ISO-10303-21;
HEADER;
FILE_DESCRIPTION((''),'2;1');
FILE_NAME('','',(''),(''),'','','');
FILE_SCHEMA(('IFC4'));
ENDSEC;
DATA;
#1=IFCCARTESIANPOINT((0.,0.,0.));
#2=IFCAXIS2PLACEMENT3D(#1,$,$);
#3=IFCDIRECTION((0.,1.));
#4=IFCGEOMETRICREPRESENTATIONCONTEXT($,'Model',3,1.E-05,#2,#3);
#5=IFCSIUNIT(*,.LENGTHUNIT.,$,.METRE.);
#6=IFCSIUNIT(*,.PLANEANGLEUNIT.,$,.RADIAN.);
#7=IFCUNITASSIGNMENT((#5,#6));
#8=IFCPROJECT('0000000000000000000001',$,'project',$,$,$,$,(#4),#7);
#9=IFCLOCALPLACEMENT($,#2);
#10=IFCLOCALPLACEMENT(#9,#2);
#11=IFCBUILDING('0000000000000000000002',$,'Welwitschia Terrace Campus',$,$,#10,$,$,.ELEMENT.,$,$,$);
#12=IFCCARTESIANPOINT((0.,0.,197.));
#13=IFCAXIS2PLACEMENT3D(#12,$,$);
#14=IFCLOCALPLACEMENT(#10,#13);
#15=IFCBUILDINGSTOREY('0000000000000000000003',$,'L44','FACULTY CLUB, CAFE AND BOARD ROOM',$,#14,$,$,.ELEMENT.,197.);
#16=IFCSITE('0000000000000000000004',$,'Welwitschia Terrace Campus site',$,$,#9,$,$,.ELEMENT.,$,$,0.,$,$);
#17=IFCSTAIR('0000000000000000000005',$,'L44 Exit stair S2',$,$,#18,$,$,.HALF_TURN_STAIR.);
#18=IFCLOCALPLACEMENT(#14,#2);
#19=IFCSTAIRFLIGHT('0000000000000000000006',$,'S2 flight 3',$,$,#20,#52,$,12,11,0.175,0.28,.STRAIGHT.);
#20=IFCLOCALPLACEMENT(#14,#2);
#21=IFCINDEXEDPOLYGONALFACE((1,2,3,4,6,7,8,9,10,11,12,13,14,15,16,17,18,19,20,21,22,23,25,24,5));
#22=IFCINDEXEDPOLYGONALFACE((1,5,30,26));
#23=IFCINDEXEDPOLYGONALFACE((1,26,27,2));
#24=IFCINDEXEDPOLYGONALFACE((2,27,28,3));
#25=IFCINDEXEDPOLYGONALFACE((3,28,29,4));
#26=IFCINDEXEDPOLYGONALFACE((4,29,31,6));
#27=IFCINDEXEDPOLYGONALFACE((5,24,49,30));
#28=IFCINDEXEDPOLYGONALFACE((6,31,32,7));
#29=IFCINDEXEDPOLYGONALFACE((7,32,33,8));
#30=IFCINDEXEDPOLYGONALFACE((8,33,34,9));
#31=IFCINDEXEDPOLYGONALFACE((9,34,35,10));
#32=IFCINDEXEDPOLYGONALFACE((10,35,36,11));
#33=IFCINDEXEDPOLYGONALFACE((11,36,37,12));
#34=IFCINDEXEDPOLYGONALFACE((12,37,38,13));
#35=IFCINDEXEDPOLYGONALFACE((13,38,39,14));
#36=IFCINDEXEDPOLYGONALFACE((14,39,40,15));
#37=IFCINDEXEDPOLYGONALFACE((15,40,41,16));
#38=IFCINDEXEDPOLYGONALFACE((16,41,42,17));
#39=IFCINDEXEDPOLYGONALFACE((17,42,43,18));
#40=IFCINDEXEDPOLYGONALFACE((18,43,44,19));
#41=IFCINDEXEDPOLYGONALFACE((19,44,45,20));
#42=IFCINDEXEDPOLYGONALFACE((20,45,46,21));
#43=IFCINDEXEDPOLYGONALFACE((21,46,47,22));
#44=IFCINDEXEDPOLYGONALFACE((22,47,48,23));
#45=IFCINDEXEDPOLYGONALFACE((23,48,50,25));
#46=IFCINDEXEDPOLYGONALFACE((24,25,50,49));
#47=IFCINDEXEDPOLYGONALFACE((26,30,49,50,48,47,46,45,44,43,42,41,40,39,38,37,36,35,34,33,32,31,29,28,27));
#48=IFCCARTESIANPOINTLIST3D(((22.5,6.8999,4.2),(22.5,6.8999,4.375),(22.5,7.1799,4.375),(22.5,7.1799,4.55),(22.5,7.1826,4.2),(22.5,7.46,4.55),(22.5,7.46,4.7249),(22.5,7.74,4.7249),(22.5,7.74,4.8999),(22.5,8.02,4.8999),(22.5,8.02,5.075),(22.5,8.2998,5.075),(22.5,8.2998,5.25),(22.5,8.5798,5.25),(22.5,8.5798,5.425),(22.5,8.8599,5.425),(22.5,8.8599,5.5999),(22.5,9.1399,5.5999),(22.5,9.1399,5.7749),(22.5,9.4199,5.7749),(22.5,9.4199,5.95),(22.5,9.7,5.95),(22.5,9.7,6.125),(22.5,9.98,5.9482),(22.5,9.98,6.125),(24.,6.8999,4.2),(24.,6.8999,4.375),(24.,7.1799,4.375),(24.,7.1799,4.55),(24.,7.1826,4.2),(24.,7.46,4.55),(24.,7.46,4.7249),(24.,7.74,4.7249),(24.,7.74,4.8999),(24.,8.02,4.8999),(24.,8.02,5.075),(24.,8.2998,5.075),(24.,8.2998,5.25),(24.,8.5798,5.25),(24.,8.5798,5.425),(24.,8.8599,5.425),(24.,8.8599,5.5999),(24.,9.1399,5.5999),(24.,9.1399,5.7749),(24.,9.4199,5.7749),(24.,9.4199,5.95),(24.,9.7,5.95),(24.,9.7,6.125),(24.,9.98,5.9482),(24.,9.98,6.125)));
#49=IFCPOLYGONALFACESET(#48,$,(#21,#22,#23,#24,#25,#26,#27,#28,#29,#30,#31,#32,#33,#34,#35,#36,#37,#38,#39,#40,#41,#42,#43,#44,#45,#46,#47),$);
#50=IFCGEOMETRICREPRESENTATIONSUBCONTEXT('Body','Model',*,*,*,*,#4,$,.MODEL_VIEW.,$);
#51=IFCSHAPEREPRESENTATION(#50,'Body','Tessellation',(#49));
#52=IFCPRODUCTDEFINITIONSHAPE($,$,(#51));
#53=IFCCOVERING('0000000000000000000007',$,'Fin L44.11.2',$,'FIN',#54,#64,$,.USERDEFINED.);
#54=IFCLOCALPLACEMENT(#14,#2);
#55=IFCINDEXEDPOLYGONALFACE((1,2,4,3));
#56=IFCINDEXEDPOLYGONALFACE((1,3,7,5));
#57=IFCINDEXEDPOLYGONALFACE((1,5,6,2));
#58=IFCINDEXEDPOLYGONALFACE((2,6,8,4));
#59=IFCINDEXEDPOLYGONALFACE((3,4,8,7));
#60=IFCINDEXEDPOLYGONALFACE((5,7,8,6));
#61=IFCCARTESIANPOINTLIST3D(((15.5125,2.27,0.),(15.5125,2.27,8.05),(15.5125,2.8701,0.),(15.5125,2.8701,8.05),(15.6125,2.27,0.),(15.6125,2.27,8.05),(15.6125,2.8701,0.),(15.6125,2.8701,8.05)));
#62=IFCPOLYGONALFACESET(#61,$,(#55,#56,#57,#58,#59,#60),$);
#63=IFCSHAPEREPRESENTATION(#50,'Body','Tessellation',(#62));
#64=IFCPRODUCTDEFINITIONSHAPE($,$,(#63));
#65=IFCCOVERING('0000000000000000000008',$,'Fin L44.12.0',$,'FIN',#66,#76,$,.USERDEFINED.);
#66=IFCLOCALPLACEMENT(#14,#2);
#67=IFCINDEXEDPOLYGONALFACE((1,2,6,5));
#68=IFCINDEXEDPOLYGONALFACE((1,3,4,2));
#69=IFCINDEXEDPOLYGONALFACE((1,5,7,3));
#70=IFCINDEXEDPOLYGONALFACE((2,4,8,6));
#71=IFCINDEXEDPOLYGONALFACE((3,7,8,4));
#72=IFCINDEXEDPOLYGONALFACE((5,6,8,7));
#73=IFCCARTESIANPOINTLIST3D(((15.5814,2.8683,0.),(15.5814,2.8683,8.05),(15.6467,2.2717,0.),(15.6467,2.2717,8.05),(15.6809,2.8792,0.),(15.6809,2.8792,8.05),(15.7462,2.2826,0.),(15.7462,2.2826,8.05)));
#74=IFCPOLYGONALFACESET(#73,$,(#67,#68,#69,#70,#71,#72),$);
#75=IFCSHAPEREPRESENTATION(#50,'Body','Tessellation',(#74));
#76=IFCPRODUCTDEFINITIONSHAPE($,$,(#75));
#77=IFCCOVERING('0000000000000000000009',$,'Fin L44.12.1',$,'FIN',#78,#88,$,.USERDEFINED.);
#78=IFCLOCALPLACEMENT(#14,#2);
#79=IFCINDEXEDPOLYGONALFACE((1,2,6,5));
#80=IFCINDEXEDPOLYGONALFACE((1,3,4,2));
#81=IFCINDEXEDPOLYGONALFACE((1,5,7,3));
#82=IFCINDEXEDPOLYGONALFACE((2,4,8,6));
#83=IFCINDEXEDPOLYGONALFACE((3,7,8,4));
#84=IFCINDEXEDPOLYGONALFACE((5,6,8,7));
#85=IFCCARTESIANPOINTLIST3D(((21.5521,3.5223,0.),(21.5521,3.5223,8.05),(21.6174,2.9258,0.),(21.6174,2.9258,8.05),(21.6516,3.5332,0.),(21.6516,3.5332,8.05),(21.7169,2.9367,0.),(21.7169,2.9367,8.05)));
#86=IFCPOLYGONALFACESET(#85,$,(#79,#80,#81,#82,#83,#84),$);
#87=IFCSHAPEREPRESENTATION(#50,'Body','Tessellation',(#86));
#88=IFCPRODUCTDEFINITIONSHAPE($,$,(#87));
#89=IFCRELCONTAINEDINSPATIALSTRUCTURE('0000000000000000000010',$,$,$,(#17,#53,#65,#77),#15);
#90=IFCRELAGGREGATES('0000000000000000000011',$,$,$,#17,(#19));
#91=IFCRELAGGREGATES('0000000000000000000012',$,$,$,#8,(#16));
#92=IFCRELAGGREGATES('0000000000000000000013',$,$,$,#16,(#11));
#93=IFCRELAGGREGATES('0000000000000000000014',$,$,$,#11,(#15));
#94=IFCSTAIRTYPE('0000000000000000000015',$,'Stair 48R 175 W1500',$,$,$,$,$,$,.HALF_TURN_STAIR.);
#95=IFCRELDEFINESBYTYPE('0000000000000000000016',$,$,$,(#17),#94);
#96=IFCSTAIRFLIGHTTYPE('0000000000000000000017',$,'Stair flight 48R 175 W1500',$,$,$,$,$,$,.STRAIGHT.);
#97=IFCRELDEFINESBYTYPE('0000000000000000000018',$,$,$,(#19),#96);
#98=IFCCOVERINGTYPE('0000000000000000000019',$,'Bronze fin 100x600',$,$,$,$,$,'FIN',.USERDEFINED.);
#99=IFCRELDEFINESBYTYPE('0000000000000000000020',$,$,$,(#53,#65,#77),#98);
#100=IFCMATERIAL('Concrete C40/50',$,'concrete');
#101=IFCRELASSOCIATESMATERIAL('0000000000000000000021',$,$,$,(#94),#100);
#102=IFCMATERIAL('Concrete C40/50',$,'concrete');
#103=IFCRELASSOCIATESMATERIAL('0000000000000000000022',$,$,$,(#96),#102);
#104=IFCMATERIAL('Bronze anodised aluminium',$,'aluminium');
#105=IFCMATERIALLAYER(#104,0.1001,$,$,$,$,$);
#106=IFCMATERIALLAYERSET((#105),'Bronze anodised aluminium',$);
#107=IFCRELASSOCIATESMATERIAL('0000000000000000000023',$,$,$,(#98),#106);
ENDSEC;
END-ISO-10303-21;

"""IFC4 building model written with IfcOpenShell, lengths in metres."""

from ifc_helpers import new_model, si_unit, direction, frame, origin, origin_2d, place, context, subcontext, project, spatial, polyline, rectangle, outline, extrude, material, layer, layer_set, type_object, element, aggregate, save


model = new_model("IFC4")

# Units and contexts
model_context = context("Model", 3, precision=1e-05, world=origin(), true_north=direction((0.0, 1.0)))
body_context = subcontext(model_context, "Body", "Model", "MODEL_VIEW")
ifc_project = project(units=[si_unit("LENGTHUNIT", "METRE"), si_unit("PLANEANGLEUNIT", "RADIAN")], contexts=[model_context])

# Site, building, storey
site_placement = place(None, origin())
site = spatial("IfcSite", under=ifc_project, at=site_placement, Name="Welwitschia Terrace Campus site", CompositionType="ELEMENT", RefElevation=0.0)
building_placement = place(site_placement, origin())
building = spatial("IfcBuilding", under=site, at=building_placement, Name="Welwitschia Terrace Campus", CompositionType="ELEMENT")
storey_placement = place(building_placement, frame((0.0, 0.0, 197.0)))
storey = spatial("IfcBuildingStorey", under=building, at=storey_placement, Name="L44", Description="FACULTY CLUB, CAFE AND BOARD ROOM", CompositionType="ELEMENT", Elevation=197.0)

# Stair, stair flight
ifc_material_1 = material(Name="Concrete C40/50", Category="concrete")
stair_type = type_object("IfcStairType", Name="Stair 48R 175 W1500", PredefinedType="HALF_TURN_STAIR", material=ifc_material_1)
stair_placement = place(storey_placement, origin())
stair = element("IfcStair", 1, at=stair_placement, inside=storey, type_object=stair_type, Name="L44 Exit stair S2", PredefinedType="HALF_TURN_STAIR")
ifc_material_2 = material(Name="Concrete C40/50", Category="concrete")
stair_flight_type = type_object("IfcStairFlightType", Name="Stair flight 48R 175 W1500", PredefinedType="STRAIGHT", material=ifc_material_2)
stair_flight_1_placement = place(storey_placement, frame((23.25, 6.8999, 4.2), z_axis=(0.0, 0.0, 1.0), x_axis=(0.0, 1.0, 0.0)))
stair_flight_1 = element("IfcStairFlight", 2, at=stair_flight_1_placement, type_object=stair_flight_type, Name="S2 flight 3", NumberOfRisers=12, NumberOfTreads=11, PredefinedType="STRAIGHT", RiserHeight=0.175, TreadLength=0.28, context=body_context, shape_type="SweptSolid", body=[
    extrude(outline(polyline([(0.0, 0.0), (0.0, 0.175), (0.28, 0.175), (0.28, 0.3501), (0.5601, 0.3501), (0.5601, 0.5249), (0.8401, 0.5249), (0.8401, 0.7), (1.1201, 0.7), (1.1201, 0.875), (1.3999, 0.875), (1.3999, 1.05), (1.6799, 1.05), (1.6799, 1.2251), (1.96, 1.2251), (1.96, 1.3999), (2.24, 1.3999), (2.24, 1.575), (2.52, 1.575), (2.52, 1.75), (2.8, 1.75), (2.8, 1.925), (3.0801, 1.925), (3.0801, 2.1001), (3.0801, 1.7483), (0.2827, 0.0), (0.0, 0.0)])), frame((0.0, 0.75, 0.0), z_axis=(0.0, -1.0, 0.0), x_axis=(1.0, 0.0, 0.0)), (0.0, 0.0, 1.0), 1.5),
])
aggregate(stair, [stair_flight_1])

# Coverings
ifc_material_3 = material(Name="Bronze anodised aluminium", Category="aluminium")
ifc_layer_1 = layer(ifc_material_3, 0.1001)
ifc_layer_set_1 = layer_set([ifc_layer_1], Name="Bronze anodised aluminium")
covering_type = type_object("IfcCoveringType", Name="Bronze fin 100x600", ElementType="FIN", PredefinedType="USERDEFINED", material=ifc_layer_set_1)
for number, where, z_axis, x_axis, name in (
    (3, (15.5625, 2.5701, 0.0), (0.0, 0.0, 1.0), (1.0, 0.0, 0.0), "Fin L44.11.2"),
    (4, (15.6638, 2.5754, 0.0), (0.0, 0.0, 1.0), (0.994056, 0.108867, 0.0), "Fin L44.12.0"),
    (5, (21.6345, 3.2295, 0.0), (0.0, 0.0, 1.0), (0.994056, 0.108867, 0.0), "Fin L44.12.1"),
):
    element("IfcCovering", number, at=place(storey_placement, frame(where, z_axis=z_axis, x_axis=x_axis)), inside=storey, type_object=covering_type, Name=name, ObjectType="FIN", PredefinedType="USERDEFINED", context=body_context, shape_type="SweptSolid", body=[
        extrude(rectangle(XDim=0.1001, YDim=0.6001, at=origin_2d()), origin(), (0.0, 0.0, 1.0), 8.05),
    ])

save(model, "model.ifc")
